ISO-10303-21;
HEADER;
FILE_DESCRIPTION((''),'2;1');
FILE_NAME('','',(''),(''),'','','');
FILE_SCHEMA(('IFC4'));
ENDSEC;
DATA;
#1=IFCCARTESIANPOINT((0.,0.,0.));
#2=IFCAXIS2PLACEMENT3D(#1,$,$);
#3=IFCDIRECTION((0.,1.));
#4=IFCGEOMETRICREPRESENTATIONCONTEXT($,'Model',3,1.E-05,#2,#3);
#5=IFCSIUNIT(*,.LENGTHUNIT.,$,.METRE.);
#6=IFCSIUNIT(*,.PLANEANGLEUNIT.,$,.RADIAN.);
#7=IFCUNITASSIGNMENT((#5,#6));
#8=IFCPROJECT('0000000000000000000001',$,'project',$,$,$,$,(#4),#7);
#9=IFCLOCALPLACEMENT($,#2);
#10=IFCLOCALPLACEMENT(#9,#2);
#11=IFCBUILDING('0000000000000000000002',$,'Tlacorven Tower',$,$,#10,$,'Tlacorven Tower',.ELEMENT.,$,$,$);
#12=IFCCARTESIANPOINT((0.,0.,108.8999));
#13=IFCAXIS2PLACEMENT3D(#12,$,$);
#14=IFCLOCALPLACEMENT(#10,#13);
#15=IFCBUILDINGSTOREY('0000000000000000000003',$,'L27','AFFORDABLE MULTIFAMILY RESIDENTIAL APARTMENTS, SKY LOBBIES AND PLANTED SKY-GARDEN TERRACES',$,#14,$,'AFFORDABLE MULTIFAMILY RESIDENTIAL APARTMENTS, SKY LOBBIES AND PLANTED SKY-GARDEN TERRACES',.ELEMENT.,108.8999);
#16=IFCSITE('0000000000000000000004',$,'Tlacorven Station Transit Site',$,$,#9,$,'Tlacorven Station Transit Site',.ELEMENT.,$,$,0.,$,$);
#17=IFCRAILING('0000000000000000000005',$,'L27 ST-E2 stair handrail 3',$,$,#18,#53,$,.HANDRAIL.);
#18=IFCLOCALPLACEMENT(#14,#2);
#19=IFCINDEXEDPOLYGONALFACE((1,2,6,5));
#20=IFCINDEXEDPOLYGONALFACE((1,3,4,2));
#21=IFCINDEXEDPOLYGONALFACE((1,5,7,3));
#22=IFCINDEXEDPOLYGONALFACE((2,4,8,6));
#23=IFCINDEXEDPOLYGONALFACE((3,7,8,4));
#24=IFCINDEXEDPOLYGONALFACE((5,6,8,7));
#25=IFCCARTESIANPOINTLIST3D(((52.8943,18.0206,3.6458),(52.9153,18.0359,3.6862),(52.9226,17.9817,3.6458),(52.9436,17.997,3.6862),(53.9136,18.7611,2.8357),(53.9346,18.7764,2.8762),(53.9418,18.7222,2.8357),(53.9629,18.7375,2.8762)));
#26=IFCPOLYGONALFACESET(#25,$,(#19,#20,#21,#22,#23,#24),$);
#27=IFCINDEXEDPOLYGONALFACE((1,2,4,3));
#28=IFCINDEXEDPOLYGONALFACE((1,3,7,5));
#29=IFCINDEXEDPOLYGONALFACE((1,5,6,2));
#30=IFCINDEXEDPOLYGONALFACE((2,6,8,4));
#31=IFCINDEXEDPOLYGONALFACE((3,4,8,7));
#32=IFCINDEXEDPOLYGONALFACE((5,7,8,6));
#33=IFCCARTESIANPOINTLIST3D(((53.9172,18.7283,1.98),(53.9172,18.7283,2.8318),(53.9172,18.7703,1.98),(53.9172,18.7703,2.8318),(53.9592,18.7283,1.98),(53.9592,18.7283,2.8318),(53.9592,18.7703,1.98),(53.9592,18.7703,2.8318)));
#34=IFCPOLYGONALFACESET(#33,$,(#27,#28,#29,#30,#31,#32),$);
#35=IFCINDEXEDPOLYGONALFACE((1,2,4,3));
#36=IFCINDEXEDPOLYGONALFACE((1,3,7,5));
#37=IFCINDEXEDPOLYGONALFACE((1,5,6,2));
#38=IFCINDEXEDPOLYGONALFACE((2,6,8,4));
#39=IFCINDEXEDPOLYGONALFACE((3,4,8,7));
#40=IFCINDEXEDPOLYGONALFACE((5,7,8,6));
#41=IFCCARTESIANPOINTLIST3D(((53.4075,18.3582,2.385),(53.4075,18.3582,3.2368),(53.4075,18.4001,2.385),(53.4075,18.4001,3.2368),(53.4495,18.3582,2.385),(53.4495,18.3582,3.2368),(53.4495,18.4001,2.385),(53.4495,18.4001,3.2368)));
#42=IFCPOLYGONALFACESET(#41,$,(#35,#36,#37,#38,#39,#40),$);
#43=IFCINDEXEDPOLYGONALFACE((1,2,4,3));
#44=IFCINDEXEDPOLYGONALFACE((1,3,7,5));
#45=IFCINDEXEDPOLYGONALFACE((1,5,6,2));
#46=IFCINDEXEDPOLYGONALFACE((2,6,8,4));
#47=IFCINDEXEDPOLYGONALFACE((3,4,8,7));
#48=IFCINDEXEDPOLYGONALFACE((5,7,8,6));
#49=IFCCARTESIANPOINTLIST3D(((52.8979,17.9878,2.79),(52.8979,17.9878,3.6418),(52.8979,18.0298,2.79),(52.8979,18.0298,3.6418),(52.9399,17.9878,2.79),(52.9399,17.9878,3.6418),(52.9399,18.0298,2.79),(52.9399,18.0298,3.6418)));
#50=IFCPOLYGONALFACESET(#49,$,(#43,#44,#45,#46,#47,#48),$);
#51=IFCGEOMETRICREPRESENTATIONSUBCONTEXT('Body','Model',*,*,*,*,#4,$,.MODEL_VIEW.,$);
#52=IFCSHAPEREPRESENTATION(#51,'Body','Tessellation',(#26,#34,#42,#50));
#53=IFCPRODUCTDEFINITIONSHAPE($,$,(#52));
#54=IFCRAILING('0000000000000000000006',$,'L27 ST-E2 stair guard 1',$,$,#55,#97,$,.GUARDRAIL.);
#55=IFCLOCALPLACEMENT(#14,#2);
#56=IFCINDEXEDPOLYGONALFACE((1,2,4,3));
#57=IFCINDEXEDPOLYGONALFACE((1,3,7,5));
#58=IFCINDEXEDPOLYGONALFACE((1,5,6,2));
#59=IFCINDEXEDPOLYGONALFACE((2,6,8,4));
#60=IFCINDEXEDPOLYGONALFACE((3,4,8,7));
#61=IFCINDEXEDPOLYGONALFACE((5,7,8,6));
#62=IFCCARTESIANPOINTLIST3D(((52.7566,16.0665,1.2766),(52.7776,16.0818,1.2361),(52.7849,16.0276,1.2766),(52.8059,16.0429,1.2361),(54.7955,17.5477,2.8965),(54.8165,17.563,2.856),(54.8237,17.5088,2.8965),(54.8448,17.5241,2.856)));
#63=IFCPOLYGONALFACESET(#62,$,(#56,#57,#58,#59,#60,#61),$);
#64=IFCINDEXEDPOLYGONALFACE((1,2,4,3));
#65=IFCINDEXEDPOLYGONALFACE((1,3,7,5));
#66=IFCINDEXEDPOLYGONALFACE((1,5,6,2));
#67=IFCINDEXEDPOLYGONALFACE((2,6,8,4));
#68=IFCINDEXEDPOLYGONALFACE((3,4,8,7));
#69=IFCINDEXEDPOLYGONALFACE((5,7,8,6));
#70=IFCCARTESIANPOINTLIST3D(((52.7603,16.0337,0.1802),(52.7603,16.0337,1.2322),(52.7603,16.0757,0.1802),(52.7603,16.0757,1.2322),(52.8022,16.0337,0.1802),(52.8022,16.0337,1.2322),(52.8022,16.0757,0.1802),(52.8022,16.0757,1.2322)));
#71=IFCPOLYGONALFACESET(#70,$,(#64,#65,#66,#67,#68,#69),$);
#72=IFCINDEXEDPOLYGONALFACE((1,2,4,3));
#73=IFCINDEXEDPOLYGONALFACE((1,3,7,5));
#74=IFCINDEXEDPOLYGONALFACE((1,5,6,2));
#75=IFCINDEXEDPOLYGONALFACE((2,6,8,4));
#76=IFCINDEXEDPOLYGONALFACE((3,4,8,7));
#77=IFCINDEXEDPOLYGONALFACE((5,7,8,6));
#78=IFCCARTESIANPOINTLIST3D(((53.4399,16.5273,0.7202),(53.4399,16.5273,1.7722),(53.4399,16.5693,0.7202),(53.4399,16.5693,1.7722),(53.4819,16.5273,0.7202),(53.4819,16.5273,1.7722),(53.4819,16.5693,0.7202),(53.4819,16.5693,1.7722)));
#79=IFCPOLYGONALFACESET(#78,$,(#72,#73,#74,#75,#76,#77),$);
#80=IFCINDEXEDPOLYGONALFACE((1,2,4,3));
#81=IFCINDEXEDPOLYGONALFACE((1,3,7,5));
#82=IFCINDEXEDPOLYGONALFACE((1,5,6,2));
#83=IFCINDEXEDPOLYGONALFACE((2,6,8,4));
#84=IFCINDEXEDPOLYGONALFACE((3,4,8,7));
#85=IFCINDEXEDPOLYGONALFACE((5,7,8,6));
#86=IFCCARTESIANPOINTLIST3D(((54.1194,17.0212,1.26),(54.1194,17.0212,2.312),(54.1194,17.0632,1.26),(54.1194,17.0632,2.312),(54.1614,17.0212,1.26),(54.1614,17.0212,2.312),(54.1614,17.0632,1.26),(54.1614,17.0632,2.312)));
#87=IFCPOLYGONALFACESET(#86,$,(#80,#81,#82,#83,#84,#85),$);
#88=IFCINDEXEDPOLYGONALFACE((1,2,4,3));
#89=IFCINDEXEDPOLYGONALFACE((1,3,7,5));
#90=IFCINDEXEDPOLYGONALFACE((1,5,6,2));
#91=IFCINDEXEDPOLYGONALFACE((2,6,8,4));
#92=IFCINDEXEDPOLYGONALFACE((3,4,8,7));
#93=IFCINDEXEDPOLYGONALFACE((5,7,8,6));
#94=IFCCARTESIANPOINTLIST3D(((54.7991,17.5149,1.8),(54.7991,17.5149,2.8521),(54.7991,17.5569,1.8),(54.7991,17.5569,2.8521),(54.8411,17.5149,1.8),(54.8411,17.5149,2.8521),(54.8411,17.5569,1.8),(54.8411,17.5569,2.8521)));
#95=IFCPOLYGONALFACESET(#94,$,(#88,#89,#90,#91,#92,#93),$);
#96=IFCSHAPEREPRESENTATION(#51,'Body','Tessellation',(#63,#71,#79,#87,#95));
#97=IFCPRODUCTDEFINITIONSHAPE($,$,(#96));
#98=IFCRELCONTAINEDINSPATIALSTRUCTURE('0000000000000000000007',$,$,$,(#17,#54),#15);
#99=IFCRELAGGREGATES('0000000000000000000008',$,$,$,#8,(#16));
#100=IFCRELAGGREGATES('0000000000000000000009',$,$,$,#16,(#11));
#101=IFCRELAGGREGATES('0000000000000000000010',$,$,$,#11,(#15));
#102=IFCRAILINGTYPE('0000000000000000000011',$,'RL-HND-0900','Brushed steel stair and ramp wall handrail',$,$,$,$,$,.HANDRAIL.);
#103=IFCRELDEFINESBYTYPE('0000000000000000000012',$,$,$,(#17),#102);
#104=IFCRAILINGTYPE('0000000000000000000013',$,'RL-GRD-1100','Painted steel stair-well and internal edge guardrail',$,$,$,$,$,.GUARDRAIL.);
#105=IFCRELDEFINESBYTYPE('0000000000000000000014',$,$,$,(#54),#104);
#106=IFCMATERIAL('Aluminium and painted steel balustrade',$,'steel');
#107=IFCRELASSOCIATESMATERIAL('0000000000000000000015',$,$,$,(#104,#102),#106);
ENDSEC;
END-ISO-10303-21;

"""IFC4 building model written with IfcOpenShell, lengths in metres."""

from ifc_helpers import new_model, si_unit, direction, frame, origin, origin_2d, place, context, subcontext, project, spatial, rectangle, extrude, source, transform, mapped, material, type_object, element, save


model = new_model("IFC4")

# Units and contexts
model_context = context("Model", 3, precision=1e-05, world=origin(), true_north=direction((0.0, 1.0)))
body_context = subcontext(model_context, "Body", "Model", "MODEL_VIEW")
ifc_project = project(units=[si_unit("LENGTHUNIT", "METRE"), si_unit("PLANEANGLEUNIT", "RADIAN")], contexts=[model_context])

# Site, building, storey
site_placement = place(None, origin())
site = spatial("IfcSite", under=ifc_project, at=site_placement, Name="Tlacorven Station Transit Site", LongName="Tlacorven Station Transit Site", CompositionType="ELEMENT", RefElevation=0.0)
building_placement = place(site_placement, origin())
building = spatial("IfcBuilding", under=site, at=building_placement, Name="Tlacorven Tower", LongName="Tlacorven Tower", CompositionType="ELEMENT")
storey_placement = place(building_placement, frame((0.0, 0.0, 108.8999)))
storey = spatial("IfcBuildingStorey", under=building, at=storey_placement, Name="L27", Description="AFFORDABLE MULTIFAMILY RESIDENTIAL APARTMENTS, SKY LOBBIES AND PLANTED SKY-GARDEN TERRACES", LongName="AFFORDABLE MULTIFAMILY RESIDENTIAL APARTMENTS, SKY LOBBIES AND PLANTED SKY-GARDEN TERRACES", CompositionType="ELEMENT", Elevation=108.8999)

# Railings
ifc_material_1 = material(Name="Aluminium and painted steel balustrade", Category="steel")
railing_type_1 = type_object("IfcRailingType", Name="RL-GRD-1100", Description="Painted steel stair-well and internal edge guardrail", PredefinedType="GUARDRAIL", material=ifc_material_1)
railing_type_2 = type_object("IfcRailingType", Name="RL-HND-0900", Description="Brushed steel stair and ramp wall handrail", PredefinedType="HANDRAIL", material=ifc_material_1)
shared_shape_1 = source(origin(), body_context, "Body", "SweptSolid", [
    extrude(rectangle(XDim=0.0481, YDim=0.0481, at=origin_2d()), frame((0.0, 0.0, 0.876), z_axis=(-0.680516, -0.494373, 0.540827), x_axis=(0.587745, -0.809046, 0.0)), (0.0, 0.0, 1.0), 1.4978),
    extrude(rectangle(XDim=0.042, YDim=0.042, at=origin_2d()), origin(), (0.0, 0.0, 1.0), 0.8518),
    extrude(rectangle(XDim=0.042, YDim=0.042, at=origin_2d()), frame((-0.5098, -0.3701, 0.405)), (0.0, 0.0, 1.0), 0.8518),
    extrude(rectangle(XDim=0.042, YDim=0.042, at=origin_2d()), frame((-1.0193, -0.7405, 0.8101)), (0.0, 0.0, 1.0), 0.8518),
])
railing_1_placement = place(storey_placement, frame((53.9382, 18.7493, 1.98)))
element("IfcRailing", 1, at=railing_1_placement, inside=storey, type_object=railing_type_2, Name="L27 ST-E2 stair handrail 3", PredefinedType="HANDRAIL", context=body_context, shape_type="MappedRepresentation", body=[
    mapped(shared_shape_1, transform((0.0, 0.0, 0.0), scale=1.0)),
])
shared_shape_2 = source(origin(), body_context, "Body", "SweptSolid", [
    extrude(rectangle(XDim=0.0481, YDim=0.0481, at=origin_2d()), frame((0.0, 0.0, 1.0762), z_axis=(0.680562, 0.494428, 0.540717), x_axis=(-0.587763, 0.809033, 0.0)), (0.0, 0.0, 1.0), 2.9958),
    extrude(rectangle(XDim=0.042, YDim=0.042, at=origin_2d()), origin(), (0.0, 0.0, 1.0), 1.052),
    extrude(rectangle(XDim=0.042, YDim=0.042, at=origin_2d()), frame((0.6797, 0.4937, 0.54)), (0.0, 0.0, 1.0), 1.052),
    extrude(rectangle(XDim=0.042, YDim=0.042, at=origin_2d()), frame((1.3591, 0.9875, 1.0798)), (0.0, 0.0, 1.0), 1.052),
    extrude(rectangle(XDim=0.042, YDim=0.042, at=origin_2d()), frame((2.0388, 1.4812, 1.6199)), (0.0, 0.0, 1.0), 1.052),
])
railing_2_placement = place(storey_placement, frame((52.7812, 16.0547, 0.1802)))
element("IfcRailing", 2, at=railing_2_placement, inside=storey, type_object=railing_type_1, Name="L27 ST-E2 stair guard 1", PredefinedType="GUARDRAIL", context=body_context, shape_type="MappedRepresentation", body=[
    mapped(shared_shape_2, transform((0.0, 0.0, 0.0), scale=1.0)),
])

save(model, "model.ifc")
